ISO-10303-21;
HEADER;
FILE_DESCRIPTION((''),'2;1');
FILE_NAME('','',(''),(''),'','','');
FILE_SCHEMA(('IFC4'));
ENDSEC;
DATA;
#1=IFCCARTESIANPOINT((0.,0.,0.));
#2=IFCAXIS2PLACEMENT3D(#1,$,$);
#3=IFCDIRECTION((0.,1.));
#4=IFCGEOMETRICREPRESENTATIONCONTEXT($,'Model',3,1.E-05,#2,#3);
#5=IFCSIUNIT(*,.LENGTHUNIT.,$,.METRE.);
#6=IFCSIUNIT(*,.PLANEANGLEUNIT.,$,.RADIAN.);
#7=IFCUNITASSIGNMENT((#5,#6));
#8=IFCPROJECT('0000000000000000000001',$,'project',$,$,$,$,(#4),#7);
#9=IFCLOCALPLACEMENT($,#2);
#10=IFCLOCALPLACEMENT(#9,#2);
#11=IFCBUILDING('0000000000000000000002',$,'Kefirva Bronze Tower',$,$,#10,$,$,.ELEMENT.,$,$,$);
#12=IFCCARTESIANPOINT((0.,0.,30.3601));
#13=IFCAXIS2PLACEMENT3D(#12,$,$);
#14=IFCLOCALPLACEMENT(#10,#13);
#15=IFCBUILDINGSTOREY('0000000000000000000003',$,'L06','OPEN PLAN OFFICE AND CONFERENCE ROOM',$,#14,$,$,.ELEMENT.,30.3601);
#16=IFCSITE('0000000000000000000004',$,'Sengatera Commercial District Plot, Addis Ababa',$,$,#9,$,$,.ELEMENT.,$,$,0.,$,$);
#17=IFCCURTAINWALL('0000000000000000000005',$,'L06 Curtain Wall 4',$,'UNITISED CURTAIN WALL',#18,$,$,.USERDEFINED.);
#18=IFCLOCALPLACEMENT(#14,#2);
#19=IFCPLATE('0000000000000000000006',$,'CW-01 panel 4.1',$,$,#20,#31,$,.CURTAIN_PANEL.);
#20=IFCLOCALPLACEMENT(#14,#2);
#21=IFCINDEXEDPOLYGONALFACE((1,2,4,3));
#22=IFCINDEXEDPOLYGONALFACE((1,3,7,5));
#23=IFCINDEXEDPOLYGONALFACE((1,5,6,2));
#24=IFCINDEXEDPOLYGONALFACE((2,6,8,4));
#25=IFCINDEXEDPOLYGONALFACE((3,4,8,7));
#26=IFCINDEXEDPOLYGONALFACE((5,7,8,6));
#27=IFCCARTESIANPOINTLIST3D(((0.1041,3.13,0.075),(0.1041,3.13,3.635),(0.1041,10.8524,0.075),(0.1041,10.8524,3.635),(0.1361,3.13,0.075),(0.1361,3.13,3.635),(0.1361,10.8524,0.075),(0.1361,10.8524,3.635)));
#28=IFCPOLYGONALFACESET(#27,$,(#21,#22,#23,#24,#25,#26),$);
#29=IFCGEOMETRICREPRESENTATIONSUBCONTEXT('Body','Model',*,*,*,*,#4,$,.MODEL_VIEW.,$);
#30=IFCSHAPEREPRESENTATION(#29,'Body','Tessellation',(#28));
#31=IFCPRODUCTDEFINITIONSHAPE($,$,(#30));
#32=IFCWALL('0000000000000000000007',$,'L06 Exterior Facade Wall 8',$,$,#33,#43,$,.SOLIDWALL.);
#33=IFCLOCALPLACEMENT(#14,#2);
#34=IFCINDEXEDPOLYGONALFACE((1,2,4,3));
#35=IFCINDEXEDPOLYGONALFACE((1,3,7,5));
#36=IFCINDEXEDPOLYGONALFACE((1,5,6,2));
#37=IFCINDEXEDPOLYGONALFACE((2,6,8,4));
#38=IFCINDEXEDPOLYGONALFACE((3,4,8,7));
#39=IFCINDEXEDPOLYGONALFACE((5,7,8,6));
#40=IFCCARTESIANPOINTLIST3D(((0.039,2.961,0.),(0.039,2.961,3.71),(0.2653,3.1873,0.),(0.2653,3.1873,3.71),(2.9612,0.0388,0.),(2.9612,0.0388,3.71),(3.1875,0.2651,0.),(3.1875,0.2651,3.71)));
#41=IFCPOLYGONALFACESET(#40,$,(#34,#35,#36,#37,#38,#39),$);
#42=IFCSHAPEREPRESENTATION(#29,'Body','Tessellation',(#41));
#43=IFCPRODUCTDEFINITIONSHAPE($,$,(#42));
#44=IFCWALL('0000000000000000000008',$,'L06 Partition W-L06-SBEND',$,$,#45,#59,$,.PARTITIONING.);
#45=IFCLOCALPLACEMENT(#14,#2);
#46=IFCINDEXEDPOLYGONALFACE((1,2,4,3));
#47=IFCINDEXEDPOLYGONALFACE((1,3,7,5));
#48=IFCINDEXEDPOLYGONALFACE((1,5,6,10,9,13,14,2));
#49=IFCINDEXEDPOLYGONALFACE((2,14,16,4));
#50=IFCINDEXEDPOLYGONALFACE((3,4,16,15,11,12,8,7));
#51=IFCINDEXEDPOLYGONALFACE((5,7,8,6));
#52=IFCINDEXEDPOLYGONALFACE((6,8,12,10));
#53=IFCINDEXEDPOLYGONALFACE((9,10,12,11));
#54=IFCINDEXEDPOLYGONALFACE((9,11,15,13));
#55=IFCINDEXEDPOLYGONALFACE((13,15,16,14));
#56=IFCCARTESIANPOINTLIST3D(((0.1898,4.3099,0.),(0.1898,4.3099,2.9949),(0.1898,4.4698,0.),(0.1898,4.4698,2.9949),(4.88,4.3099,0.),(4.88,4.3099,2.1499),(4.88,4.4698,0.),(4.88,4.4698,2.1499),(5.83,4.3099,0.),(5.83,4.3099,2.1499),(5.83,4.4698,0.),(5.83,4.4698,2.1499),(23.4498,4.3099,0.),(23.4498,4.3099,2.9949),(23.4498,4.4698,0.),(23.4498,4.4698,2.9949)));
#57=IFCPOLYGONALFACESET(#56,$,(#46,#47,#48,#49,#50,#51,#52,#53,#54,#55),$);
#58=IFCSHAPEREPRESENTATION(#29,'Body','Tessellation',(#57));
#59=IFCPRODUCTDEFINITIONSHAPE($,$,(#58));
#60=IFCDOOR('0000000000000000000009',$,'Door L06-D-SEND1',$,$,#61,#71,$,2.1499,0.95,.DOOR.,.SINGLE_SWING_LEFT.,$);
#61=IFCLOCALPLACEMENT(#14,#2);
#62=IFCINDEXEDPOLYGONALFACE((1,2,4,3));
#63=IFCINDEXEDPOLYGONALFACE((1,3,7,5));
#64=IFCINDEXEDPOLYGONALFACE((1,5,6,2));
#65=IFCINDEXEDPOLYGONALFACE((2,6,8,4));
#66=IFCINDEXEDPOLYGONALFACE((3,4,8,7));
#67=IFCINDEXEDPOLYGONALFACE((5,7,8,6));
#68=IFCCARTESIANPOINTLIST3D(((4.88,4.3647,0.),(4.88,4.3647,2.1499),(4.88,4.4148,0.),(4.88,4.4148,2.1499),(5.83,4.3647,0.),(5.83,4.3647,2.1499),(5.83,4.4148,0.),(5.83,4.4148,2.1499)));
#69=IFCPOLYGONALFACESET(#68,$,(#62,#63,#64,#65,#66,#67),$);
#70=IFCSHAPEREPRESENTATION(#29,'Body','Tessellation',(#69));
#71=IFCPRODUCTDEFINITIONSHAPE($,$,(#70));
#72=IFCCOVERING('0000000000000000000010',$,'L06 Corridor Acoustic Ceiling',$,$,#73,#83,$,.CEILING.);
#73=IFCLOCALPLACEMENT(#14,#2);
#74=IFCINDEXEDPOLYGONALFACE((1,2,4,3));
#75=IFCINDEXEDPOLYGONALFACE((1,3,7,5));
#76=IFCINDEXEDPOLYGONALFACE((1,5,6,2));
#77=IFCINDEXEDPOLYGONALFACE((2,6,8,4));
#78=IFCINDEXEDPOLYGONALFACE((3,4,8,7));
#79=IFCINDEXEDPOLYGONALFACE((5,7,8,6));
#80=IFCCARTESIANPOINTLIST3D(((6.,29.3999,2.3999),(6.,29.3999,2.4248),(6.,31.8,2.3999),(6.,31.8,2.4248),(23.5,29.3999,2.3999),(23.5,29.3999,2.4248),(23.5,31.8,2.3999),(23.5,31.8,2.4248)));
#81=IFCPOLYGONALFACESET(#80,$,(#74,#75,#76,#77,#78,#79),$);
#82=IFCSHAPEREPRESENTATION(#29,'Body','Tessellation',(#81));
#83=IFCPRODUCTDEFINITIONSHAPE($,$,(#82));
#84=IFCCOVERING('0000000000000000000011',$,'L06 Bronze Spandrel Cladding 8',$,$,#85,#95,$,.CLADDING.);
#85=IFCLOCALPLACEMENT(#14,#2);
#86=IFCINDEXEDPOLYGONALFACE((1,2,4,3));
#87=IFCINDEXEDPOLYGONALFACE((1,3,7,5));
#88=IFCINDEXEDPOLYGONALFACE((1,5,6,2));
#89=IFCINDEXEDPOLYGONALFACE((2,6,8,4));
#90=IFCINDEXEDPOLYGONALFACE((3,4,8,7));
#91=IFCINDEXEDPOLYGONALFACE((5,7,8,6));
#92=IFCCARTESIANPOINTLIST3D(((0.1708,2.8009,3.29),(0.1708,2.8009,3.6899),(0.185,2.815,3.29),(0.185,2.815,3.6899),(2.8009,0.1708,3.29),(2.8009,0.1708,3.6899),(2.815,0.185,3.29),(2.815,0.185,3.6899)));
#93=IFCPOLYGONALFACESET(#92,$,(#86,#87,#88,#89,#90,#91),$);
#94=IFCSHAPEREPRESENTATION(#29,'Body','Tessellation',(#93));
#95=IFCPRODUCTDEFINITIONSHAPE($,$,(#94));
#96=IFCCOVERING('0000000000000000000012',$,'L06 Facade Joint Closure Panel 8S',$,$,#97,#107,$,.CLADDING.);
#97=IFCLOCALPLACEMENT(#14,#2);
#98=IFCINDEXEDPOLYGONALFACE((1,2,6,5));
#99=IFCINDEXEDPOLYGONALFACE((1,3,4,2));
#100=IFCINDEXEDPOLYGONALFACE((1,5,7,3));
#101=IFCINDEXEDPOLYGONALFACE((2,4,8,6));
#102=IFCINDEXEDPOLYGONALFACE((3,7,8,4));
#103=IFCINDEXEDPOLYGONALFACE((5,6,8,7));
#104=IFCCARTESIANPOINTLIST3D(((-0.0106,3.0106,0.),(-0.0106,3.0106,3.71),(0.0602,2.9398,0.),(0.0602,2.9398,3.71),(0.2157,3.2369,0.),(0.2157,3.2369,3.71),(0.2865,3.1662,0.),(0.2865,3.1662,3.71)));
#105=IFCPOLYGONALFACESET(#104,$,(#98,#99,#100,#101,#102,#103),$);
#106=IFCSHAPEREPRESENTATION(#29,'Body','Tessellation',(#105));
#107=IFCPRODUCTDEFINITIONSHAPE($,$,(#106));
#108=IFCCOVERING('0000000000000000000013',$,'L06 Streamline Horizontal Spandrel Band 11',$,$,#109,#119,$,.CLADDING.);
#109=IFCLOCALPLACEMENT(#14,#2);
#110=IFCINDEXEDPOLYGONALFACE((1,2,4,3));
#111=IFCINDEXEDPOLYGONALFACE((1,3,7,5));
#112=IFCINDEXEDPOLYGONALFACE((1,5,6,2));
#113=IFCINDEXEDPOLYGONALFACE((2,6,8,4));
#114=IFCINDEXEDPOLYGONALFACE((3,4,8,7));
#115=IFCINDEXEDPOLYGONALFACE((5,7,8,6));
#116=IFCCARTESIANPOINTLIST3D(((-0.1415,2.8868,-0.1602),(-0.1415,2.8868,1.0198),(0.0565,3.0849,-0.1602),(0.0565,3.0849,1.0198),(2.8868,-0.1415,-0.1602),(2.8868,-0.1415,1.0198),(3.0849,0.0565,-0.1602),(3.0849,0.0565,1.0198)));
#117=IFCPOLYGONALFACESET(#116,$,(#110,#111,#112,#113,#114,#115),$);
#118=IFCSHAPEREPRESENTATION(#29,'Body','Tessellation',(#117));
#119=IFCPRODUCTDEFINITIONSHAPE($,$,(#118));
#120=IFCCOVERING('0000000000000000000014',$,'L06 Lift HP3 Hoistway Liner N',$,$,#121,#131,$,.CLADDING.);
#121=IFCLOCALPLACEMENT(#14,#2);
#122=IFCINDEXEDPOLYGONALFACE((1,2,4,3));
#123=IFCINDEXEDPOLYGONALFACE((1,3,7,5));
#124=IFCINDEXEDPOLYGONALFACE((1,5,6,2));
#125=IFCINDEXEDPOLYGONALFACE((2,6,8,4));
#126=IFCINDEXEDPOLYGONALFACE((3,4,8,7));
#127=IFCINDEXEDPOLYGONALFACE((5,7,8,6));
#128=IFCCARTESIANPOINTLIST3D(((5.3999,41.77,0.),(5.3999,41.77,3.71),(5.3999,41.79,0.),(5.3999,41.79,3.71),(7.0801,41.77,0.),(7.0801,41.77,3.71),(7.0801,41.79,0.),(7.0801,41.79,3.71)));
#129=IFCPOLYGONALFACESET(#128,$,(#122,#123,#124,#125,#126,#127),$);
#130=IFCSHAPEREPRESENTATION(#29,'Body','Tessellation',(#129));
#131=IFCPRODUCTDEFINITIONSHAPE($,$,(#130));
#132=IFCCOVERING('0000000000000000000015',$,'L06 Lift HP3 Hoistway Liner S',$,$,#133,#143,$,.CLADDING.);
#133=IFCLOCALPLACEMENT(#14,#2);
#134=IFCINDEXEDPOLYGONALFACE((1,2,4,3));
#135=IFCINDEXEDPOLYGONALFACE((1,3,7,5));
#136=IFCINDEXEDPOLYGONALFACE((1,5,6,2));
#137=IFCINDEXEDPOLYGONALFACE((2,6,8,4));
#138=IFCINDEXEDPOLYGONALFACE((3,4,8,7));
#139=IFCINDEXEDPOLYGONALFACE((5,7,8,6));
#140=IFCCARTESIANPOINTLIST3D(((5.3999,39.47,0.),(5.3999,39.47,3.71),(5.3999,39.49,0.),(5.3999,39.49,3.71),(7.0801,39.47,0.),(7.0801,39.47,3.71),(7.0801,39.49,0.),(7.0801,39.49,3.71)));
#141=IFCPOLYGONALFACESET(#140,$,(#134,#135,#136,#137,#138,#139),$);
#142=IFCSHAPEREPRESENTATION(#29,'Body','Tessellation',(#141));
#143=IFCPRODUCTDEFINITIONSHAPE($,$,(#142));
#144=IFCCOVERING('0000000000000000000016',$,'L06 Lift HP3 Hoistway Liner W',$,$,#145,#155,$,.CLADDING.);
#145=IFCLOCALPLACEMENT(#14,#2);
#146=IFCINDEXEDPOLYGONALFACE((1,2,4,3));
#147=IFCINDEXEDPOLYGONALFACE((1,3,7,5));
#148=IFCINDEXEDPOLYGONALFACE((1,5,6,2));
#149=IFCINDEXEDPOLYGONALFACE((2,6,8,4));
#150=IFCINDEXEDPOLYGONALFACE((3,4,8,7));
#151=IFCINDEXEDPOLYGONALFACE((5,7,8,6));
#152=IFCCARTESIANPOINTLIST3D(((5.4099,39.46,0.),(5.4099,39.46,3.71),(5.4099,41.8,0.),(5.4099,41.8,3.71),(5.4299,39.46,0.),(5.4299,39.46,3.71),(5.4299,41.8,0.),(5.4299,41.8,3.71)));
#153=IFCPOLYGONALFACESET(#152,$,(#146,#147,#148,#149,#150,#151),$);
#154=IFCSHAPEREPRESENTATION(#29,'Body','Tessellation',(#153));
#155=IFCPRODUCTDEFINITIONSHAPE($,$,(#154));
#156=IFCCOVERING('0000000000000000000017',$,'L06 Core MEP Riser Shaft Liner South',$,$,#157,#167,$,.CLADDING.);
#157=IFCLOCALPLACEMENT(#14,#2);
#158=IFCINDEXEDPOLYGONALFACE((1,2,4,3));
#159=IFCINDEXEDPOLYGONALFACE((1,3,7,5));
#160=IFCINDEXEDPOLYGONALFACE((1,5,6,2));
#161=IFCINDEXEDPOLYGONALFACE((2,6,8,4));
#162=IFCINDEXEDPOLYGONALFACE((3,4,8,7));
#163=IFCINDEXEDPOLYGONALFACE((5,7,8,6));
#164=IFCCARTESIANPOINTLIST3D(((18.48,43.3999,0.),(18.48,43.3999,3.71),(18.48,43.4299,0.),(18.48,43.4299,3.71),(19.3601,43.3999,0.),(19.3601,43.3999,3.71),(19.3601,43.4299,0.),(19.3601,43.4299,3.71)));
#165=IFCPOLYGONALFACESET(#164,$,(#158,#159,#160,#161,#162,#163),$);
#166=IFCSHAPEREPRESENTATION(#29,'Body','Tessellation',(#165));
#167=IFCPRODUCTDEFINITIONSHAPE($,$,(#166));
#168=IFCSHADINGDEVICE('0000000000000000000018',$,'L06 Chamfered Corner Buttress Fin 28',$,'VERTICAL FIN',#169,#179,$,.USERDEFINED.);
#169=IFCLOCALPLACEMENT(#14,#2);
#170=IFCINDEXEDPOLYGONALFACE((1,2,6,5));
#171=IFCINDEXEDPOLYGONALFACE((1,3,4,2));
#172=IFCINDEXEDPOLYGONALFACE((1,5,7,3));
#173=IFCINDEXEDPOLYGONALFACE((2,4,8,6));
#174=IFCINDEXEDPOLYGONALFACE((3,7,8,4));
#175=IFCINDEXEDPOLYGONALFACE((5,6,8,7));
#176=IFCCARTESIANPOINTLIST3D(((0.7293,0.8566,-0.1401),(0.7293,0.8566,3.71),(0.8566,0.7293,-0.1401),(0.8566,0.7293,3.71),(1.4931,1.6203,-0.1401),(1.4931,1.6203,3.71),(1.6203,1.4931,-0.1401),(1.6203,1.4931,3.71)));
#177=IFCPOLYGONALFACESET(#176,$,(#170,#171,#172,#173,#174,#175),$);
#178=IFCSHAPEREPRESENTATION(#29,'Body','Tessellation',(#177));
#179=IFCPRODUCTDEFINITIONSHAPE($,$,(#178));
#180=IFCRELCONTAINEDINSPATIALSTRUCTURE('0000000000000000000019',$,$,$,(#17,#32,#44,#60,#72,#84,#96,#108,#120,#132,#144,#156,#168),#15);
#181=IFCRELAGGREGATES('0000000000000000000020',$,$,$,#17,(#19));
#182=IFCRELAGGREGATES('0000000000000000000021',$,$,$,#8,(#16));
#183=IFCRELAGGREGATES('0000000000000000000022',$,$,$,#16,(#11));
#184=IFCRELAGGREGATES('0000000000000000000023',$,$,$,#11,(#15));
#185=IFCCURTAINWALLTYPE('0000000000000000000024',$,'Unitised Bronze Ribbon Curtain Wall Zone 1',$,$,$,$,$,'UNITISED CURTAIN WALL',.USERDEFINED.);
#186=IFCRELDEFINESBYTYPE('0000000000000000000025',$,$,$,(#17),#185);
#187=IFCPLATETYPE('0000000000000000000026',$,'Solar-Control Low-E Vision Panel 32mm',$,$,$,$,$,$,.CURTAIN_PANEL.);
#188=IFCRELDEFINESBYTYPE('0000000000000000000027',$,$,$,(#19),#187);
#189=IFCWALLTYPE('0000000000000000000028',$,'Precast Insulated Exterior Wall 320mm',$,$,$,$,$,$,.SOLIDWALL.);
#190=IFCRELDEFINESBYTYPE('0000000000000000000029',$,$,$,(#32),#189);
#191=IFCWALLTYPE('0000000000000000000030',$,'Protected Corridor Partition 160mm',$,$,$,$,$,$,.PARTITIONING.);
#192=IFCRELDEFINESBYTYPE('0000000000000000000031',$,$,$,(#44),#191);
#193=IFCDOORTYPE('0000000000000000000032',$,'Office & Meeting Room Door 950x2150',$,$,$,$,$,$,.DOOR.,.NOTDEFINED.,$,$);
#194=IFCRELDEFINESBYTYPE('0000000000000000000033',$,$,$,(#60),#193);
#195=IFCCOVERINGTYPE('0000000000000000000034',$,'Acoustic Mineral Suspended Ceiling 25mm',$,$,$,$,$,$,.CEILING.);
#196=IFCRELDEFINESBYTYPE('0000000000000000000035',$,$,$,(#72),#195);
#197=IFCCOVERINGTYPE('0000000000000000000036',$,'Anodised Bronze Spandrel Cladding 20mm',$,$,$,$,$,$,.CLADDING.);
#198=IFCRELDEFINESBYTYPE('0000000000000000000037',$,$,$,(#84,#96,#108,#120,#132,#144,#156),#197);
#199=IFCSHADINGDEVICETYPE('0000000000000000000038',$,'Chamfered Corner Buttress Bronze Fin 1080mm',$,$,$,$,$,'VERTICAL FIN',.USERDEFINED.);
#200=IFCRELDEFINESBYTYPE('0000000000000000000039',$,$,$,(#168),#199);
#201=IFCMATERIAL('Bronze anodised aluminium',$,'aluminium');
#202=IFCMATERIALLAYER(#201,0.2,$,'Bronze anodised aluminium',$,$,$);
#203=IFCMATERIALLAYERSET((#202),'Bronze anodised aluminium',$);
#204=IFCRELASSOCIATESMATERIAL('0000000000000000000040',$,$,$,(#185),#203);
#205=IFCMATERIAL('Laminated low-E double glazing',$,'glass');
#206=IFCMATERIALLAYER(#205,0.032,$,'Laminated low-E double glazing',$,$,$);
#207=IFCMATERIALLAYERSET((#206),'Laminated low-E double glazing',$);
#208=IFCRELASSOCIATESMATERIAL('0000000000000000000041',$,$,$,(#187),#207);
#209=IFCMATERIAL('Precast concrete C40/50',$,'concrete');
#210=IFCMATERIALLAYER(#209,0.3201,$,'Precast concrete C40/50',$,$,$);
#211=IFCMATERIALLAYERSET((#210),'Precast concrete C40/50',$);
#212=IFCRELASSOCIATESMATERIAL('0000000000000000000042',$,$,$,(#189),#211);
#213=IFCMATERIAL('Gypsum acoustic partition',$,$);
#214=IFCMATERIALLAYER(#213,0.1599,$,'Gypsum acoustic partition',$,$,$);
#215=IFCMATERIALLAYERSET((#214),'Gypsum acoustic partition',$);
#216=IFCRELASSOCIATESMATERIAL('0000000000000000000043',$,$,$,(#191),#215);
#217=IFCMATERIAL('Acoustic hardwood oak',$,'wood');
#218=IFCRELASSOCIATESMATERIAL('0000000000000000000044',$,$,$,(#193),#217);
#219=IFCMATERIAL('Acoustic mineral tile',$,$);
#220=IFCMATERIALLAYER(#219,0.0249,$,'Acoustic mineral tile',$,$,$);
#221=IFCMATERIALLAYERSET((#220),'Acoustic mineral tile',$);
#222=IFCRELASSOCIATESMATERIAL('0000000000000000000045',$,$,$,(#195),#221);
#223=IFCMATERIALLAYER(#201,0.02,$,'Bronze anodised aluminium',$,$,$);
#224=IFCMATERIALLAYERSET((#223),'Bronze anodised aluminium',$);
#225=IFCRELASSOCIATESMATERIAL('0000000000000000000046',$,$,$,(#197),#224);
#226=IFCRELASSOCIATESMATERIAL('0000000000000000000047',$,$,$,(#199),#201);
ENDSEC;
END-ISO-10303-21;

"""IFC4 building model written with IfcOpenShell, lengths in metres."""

from ifc_helpers import new_model, si_unit, direction, frame, frame_2d, origin, origin_2d, place, context, subcontext, project, spatial, polyline, rectangle, outline, extrude, material, layer, layer_set, material_profile, profile_set, type_object, element, fill, aggregate, save


model = new_model("IFC4")

# Units and contexts
model_context = context("Model", 3, precision=1e-05, world=origin(), true_north=direction((0.0, 1.0)))
body_context = subcontext(model_context, "Body", "Model", "MODEL_VIEW")
ifc_project = project(units=[si_unit("LENGTHUNIT", "METRE"), si_unit("PLANEANGLEUNIT", "RADIAN")], contexts=[model_context])

# Site, building, storey
site_placement = place(None, origin())
site = spatial("IfcSite", under=ifc_project, at=site_placement, Name="Sengatera Commercial District Plot, Addis Ababa", CompositionType="ELEMENT", RefElevation=0.0)
building_placement = place(site_placement, origin())
building = spatial("IfcBuilding", under=site, at=building_placement, Name="Kefirva Bronze Tower", CompositionType="ELEMENT")
storey_placement = place(building_placement, frame((0.0, 0.0, 30.3601)))
storey = spatial("IfcBuildingStorey", under=building, at=storey_placement, Name="L06", Description="OPEN PLAN OFFICE AND CONFERENCE ROOM", CompositionType="ELEMENT", Elevation=30.3601)

# Curtain wall
ifc_material_1 = material(Name="Bronze anodised aluminium", Category="aluminium")
ifc_layer_1 = layer(ifc_material_1, 0.2, Name="Bronze anodised aluminium")
ifc_layer_set_1 = layer_set([ifc_layer_1], Name="Bronze anodised aluminium")
curtain_wall_type = type_object("IfcCurtainWallType", Name="Unitised Bronze Ribbon Curtain Wall Zone 1", ElementType="UNITISED CURTAIN WALL", PredefinedType="USERDEFINED", material=ifc_layer_set_1)
curtain_wall_placement = place(storey_placement, origin())
curtain_wall = element("IfcCurtainWall", 1, at=curtain_wall_placement, inside=storey, type_object=curtain_wall_type, Name="L06 Curtain Wall 4", ObjectType="UNITISED CURTAIN WALL", PredefinedType="USERDEFINED")

# Plate
ifc_material_2 = material(Name="Laminated low-E double glazing", Category="glass")
ifc_layer_2 = layer(ifc_material_2, 0.032, Name="Laminated low-E double glazing")
ifc_layer_set_2 = layer_set([ifc_layer_2], Name="Laminated low-E double glazing")
plate_type = type_object("IfcPlateType", Name="Solar-Control Low-E Vision Panel 32mm", PredefinedType="CURTAIN_PANEL", material=ifc_layer_set_2)
plate_placement = place(storey_placement, frame((0.1201, 6.9912, 0.075), z_axis=(0.0, 0.0, 1.0), x_axis=(0.0, -1.0, 0.0)))
plate = element("IfcPlate", 2, at=plate_placement, type_object=plate_type, Name="CW-01 panel 4.1", PredefinedType="CURTAIN_PANEL", context=body_context, shape_type="SweptSolid", body=[
    extrude(rectangle(XDim=7.7224, YDim=0.032, at=origin_2d()), origin(), (0.0, 0.0, 1.0), 3.5601),
])
aggregate(curtain_wall, [plate])

# Wall
ifc_material_3 = material(Name="Precast concrete C40/50", Category="concrete")
ifc_layer_3 = layer(ifc_material_3, 0.3201, Name="Precast concrete C40/50")
ifc_layer_set_3 = layer_set([ifc_layer_3], Name="Precast concrete C40/50")
wall_type_1 = type_object("IfcWallType", Name="Precast Insulated Exterior Wall 320mm", PredefinedType="SOLIDWALL", material=ifc_layer_set_3)
wall_1_placement = place(storey_placement, frame((0.1521, 3.0742, 0.0), z_axis=(0.0, 0.0, 1.0), x_axis=(0.707107, -0.707107, 0.0)))
element("IfcWall", 3, at=wall_1_placement, inside=storey, type_object=wall_type_1, Name="L06 Exterior Facade Wall 8", PredefinedType="SOLIDWALL", context=body_context, shape_type="SweptSolid", body=[
    extrude(rectangle(XDim=4.1326, YDim=0.3201, at=frame_2d((2.0664, 0.0))), origin(), (0.0, 0.0, 1.0), 3.71),
])

# Wall, opening, door
ifc_material_4 = material(Name="Gypsum acoustic partition")
ifc_layer_4 = layer(ifc_material_4, 0.1599, Name="Gypsum acoustic partition")
ifc_layer_set_4 = layer_set([ifc_layer_4], Name="Gypsum acoustic partition")
wall_type_2 = type_object("IfcWallType", Name="Protected Corridor Partition 160mm", PredefinedType="PARTITIONING", material=ifc_layer_set_4)
wall_2_placement = place(storey_placement, frame((0.1899, 4.3899, 0.0), z_axis=(0.0, 0.0, 1.0), x_axis=(1.0, 0.0, 0.0)))
wall_2 = element("IfcWall", 4, at=wall_2_placement, inside=storey, type_object=wall_type_2, Name="L06 Partition W-L06-SBEND", PredefinedType="PARTITIONING", context=body_context, shape_type="SweptSolid", body=[
    extrude(rectangle(XDim=23.26, YDim=0.1599, at=frame_2d((11.6299, 0.0))), origin(), (0.0, 0.0, 1.0), 2.9949),
])
opening_placement = place(wall_2_placement, frame((4.6899, 0.0, 0.0)))
opening = element("IfcOpeningElement", 5, at=opening_placement, cuts=wall_2, PredefinedType="OPENING", context=body_context, shape_type="SweptSolid", body=[
    extrude(rectangle(XDim=0.95, YDim=2.1499, at=frame_2d((0.4751, 1.075))), frame((0.0, 0.0898, 0.0), z_axis=(0.0, -1.0, 0.0), x_axis=(1.0, 0.0, 0.0)), (0.0, 0.0, 1.0), 0.1799),
])
ifc_material_5 = material(Name="Acoustic hardwood oak", Category="wood")
door_type = type_object("IfcDoorType", Name="Office & Meeting Room Door 950x2150", OperationType="NOTDEFINED", PredefinedType="DOOR", material=ifc_material_5)
door_placement = place(opening_placement, origin())
door = element("IfcDoor", 6, at=door_placement, inside=storey, type_object=door_type, Name="Door L06-D-SEND1", OperationType="SINGLE_SWING_LEFT", OverallHeight=2.1499, OverallWidth=0.95, PredefinedType="DOOR", context=body_context, shape_type="SweptSolid", body=[
    extrude(rectangle(XDim=0.95, YDim=2.1499, at=frame_2d((0.4751, 1.075))), frame((0.0, 0.0249, 0.0), z_axis=(0.0, -1.0, 0.0), x_axis=(1.0, 0.0, 0.0)), (0.0, 0.0, 1.0), 0.05),
])
fill(opening, door)

# Coverings
ifc_material_6 = material(Name="Acoustic mineral tile")
ifc_layer_5 = layer(ifc_material_6, 0.0249, Name="Acoustic mineral tile")
ifc_layer_set_5 = layer_set([ifc_layer_5], Name="Acoustic mineral tile")
covering_type_1 = type_object("IfcCoveringType", Name="Acoustic Mineral Suspended Ceiling 25mm", PredefinedType="CEILING", material=ifc_layer_set_5)
covering_1_placement = place(storey_placement, frame((0.0, 0.0, 2.3999)))
element("IfcCovering", 7, at=covering_1_placement, inside=storey, type_object=covering_type_1, Name="L06 Corridor Acoustic Ceiling", PredefinedType="CEILING", context=body_context, shape_type="SweptSolid", body=[
    extrude(outline(polyline([(6.0, 29.3999), (23.5, 29.3999), (23.5, 31.8), (6.0, 31.8), (6.0, 29.3999)])), origin(), (0.0, 0.0, 1.0), 0.0249),
])
ifc_layer_6 = layer(ifc_material_1, 0.02, Name="Bronze anodised aluminium")
ifc_layer_set_6 = layer_set([ifc_layer_6], Name="Bronze anodised aluminium")
covering_type_2 = type_object("IfcCoveringType", Name="Anodised Bronze Spandrel Cladding 20mm", PredefinedType="CLADDING", material=ifc_layer_set_6)
covering_2_placement = place(storey_placement, frame((1.4929, 1.4929, 3.29), z_axis=(0.0, 0.0, 1.0), x_axis=(0.707107, -0.707107, 0.0)))
element("IfcCovering", 8, at=covering_2_placement, inside=storey, type_object=covering_type_2, Name="L06 Bronze Spandrel Cladding 8", PredefinedType="CLADDING", context=body_context, shape_type="SweptSolid", body=[
    extrude(rectangle(XDim=3.7195, YDim=0.02, at=origin_2d()), origin(), (0.0, 0.0, 1.0), 0.3999),
])
covering_3_placement = place(storey_placement, frame((0.1379, 3.0884, 0.0), z_axis=(0.0, 0.0, 1.0), x_axis=(0.707107, -0.707107, 0.0)))
element("IfcCovering", 9, at=covering_3_placement, inside=storey, type_object=covering_type_2, Name="L06 Facade Joint Closure Panel 8S", PredefinedType="CLADDING", context=body_context, shape_type="SweptSolid", body=[
    extrude(rectangle(XDim=0.1001, YDim=0.3201, at=origin_2d()), origin(), (0.0, 0.0, 1.0), 3.71),
])
covering_4_placement = place(storey_placement, frame((1.4717, 1.4717, -0.1602), z_axis=(0.0, 0.0, 1.0), x_axis=(0.707107, -0.707107, 0.0)))
element("IfcCovering", 10, at=covering_4_placement, inside=storey, type_object=covering_type_2, Name="L06 Streamline Horizontal Spandrel Band 11", PredefinedType="CLADDING", context=body_context, shape_type="SweptSolid", body=[
    extrude(rectangle(XDim=4.2827, YDim=0.28, at=origin_2d()), origin(), (0.0, 0.0, 1.0), 1.1799),
])
covering_5_placement = place(storey_placement, origin())
element("IfcCovering", 11, at=covering_5_placement, inside=storey, type_object=covering_type_2, Name="L06 Lift HP3 Hoistway Liner N", PredefinedType="CLADDING", context=body_context, shape_type="SweptSolid", body=[
    extrude(outline(polyline([(5.3999, 41.77), (7.0801, 41.77), (7.0801, 41.79), (5.3999, 41.79), (5.3999, 41.77)])), origin(), (0.0, 0.0, 1.0), 3.71),
])
covering_6_placement = place(storey_placement, origin())
element("IfcCovering", 12, at=covering_6_placement, inside=storey, type_object=covering_type_2, Name="L06 Lift HP3 Hoistway Liner S", PredefinedType="CLADDING", context=body_context, shape_type="SweptSolid", body=[
    extrude(outline(polyline([(5.3999, 39.47), (7.0801, 39.47), (7.0801, 39.49), (5.3999, 39.49), (5.3999, 39.47)])), origin(), (0.0, 0.0, 1.0), 3.71),
])
covering_7_placement = place(storey_placement, origin())
element("IfcCovering", 13, at=covering_7_placement, inside=storey, type_object=covering_type_2, Name="L06 Lift HP3 Hoistway Liner W", PredefinedType="CLADDING", context=body_context, shape_type="SweptSolid", body=[
    extrude(outline(polyline([(5.4099, 39.46), (5.4299, 39.46), (5.4299, 41.8), (5.4099, 41.8), (5.4099, 39.46)])), origin(), (0.0, 0.0, 1.0), 3.71),
])
covering_8_placement = place(storey_placement, origin())
element("IfcCovering", 14, at=covering_8_placement, inside=storey, type_object=covering_type_2, Name="L06 Core MEP Riser Shaft Liner South", PredefinedType="CLADDING", context=body_context, shape_type="SweptSolid", body=[
    extrude(outline(polyline([(18.48, 43.3999), (19.3601, 43.3999), (19.3601, 43.4299), (18.48, 43.4299), (18.48, 43.3999)])), origin(), (0.0, 0.0, 1.0), 3.71),
])

# Shading device
ifc_material_profile_1 = material_profile(ifc_material_1, rectangle(XDim=0.1799, YDim=1.0801, at=origin_2d()), Name="BRONZE BUTTRESS FIN 180x1080")
ifc_profile_set_1 = profile_set([ifc_material_profile_1], Name="Bronze anodised aluminium")
shading_device_type = type_object("IfcShadingDeviceType", Name="Chamfered Corner Buttress Bronze Fin 1080mm", ElementType="VERTICAL FIN", PredefinedType="USERDEFINED", material=ifc_profile_set_1)
shading_device_placement = place(storey_placement, frame((1.1748, 1.1748, -0.1401), z_axis=(0.0, 0.0, 1.0), x_axis=(0.707107, -0.707107, 0.0)))
element("IfcShadingDevice", 15, at=shading_device_placement, inside=storey, type_object=shading_device_type, Name="L06 Chamfered Corner Buttress Fin 28", ObjectType="VERTICAL FIN", PredefinedType="USERDEFINED", context=body_context, shape_type="SweptSolid", body=[
    extrude(rectangle(XDim=0.1799, YDim=1.0801, at=origin_2d()), origin(), (0.0, 0.0, 1.0), 3.8501),
])

save(model, "model.ifc")
